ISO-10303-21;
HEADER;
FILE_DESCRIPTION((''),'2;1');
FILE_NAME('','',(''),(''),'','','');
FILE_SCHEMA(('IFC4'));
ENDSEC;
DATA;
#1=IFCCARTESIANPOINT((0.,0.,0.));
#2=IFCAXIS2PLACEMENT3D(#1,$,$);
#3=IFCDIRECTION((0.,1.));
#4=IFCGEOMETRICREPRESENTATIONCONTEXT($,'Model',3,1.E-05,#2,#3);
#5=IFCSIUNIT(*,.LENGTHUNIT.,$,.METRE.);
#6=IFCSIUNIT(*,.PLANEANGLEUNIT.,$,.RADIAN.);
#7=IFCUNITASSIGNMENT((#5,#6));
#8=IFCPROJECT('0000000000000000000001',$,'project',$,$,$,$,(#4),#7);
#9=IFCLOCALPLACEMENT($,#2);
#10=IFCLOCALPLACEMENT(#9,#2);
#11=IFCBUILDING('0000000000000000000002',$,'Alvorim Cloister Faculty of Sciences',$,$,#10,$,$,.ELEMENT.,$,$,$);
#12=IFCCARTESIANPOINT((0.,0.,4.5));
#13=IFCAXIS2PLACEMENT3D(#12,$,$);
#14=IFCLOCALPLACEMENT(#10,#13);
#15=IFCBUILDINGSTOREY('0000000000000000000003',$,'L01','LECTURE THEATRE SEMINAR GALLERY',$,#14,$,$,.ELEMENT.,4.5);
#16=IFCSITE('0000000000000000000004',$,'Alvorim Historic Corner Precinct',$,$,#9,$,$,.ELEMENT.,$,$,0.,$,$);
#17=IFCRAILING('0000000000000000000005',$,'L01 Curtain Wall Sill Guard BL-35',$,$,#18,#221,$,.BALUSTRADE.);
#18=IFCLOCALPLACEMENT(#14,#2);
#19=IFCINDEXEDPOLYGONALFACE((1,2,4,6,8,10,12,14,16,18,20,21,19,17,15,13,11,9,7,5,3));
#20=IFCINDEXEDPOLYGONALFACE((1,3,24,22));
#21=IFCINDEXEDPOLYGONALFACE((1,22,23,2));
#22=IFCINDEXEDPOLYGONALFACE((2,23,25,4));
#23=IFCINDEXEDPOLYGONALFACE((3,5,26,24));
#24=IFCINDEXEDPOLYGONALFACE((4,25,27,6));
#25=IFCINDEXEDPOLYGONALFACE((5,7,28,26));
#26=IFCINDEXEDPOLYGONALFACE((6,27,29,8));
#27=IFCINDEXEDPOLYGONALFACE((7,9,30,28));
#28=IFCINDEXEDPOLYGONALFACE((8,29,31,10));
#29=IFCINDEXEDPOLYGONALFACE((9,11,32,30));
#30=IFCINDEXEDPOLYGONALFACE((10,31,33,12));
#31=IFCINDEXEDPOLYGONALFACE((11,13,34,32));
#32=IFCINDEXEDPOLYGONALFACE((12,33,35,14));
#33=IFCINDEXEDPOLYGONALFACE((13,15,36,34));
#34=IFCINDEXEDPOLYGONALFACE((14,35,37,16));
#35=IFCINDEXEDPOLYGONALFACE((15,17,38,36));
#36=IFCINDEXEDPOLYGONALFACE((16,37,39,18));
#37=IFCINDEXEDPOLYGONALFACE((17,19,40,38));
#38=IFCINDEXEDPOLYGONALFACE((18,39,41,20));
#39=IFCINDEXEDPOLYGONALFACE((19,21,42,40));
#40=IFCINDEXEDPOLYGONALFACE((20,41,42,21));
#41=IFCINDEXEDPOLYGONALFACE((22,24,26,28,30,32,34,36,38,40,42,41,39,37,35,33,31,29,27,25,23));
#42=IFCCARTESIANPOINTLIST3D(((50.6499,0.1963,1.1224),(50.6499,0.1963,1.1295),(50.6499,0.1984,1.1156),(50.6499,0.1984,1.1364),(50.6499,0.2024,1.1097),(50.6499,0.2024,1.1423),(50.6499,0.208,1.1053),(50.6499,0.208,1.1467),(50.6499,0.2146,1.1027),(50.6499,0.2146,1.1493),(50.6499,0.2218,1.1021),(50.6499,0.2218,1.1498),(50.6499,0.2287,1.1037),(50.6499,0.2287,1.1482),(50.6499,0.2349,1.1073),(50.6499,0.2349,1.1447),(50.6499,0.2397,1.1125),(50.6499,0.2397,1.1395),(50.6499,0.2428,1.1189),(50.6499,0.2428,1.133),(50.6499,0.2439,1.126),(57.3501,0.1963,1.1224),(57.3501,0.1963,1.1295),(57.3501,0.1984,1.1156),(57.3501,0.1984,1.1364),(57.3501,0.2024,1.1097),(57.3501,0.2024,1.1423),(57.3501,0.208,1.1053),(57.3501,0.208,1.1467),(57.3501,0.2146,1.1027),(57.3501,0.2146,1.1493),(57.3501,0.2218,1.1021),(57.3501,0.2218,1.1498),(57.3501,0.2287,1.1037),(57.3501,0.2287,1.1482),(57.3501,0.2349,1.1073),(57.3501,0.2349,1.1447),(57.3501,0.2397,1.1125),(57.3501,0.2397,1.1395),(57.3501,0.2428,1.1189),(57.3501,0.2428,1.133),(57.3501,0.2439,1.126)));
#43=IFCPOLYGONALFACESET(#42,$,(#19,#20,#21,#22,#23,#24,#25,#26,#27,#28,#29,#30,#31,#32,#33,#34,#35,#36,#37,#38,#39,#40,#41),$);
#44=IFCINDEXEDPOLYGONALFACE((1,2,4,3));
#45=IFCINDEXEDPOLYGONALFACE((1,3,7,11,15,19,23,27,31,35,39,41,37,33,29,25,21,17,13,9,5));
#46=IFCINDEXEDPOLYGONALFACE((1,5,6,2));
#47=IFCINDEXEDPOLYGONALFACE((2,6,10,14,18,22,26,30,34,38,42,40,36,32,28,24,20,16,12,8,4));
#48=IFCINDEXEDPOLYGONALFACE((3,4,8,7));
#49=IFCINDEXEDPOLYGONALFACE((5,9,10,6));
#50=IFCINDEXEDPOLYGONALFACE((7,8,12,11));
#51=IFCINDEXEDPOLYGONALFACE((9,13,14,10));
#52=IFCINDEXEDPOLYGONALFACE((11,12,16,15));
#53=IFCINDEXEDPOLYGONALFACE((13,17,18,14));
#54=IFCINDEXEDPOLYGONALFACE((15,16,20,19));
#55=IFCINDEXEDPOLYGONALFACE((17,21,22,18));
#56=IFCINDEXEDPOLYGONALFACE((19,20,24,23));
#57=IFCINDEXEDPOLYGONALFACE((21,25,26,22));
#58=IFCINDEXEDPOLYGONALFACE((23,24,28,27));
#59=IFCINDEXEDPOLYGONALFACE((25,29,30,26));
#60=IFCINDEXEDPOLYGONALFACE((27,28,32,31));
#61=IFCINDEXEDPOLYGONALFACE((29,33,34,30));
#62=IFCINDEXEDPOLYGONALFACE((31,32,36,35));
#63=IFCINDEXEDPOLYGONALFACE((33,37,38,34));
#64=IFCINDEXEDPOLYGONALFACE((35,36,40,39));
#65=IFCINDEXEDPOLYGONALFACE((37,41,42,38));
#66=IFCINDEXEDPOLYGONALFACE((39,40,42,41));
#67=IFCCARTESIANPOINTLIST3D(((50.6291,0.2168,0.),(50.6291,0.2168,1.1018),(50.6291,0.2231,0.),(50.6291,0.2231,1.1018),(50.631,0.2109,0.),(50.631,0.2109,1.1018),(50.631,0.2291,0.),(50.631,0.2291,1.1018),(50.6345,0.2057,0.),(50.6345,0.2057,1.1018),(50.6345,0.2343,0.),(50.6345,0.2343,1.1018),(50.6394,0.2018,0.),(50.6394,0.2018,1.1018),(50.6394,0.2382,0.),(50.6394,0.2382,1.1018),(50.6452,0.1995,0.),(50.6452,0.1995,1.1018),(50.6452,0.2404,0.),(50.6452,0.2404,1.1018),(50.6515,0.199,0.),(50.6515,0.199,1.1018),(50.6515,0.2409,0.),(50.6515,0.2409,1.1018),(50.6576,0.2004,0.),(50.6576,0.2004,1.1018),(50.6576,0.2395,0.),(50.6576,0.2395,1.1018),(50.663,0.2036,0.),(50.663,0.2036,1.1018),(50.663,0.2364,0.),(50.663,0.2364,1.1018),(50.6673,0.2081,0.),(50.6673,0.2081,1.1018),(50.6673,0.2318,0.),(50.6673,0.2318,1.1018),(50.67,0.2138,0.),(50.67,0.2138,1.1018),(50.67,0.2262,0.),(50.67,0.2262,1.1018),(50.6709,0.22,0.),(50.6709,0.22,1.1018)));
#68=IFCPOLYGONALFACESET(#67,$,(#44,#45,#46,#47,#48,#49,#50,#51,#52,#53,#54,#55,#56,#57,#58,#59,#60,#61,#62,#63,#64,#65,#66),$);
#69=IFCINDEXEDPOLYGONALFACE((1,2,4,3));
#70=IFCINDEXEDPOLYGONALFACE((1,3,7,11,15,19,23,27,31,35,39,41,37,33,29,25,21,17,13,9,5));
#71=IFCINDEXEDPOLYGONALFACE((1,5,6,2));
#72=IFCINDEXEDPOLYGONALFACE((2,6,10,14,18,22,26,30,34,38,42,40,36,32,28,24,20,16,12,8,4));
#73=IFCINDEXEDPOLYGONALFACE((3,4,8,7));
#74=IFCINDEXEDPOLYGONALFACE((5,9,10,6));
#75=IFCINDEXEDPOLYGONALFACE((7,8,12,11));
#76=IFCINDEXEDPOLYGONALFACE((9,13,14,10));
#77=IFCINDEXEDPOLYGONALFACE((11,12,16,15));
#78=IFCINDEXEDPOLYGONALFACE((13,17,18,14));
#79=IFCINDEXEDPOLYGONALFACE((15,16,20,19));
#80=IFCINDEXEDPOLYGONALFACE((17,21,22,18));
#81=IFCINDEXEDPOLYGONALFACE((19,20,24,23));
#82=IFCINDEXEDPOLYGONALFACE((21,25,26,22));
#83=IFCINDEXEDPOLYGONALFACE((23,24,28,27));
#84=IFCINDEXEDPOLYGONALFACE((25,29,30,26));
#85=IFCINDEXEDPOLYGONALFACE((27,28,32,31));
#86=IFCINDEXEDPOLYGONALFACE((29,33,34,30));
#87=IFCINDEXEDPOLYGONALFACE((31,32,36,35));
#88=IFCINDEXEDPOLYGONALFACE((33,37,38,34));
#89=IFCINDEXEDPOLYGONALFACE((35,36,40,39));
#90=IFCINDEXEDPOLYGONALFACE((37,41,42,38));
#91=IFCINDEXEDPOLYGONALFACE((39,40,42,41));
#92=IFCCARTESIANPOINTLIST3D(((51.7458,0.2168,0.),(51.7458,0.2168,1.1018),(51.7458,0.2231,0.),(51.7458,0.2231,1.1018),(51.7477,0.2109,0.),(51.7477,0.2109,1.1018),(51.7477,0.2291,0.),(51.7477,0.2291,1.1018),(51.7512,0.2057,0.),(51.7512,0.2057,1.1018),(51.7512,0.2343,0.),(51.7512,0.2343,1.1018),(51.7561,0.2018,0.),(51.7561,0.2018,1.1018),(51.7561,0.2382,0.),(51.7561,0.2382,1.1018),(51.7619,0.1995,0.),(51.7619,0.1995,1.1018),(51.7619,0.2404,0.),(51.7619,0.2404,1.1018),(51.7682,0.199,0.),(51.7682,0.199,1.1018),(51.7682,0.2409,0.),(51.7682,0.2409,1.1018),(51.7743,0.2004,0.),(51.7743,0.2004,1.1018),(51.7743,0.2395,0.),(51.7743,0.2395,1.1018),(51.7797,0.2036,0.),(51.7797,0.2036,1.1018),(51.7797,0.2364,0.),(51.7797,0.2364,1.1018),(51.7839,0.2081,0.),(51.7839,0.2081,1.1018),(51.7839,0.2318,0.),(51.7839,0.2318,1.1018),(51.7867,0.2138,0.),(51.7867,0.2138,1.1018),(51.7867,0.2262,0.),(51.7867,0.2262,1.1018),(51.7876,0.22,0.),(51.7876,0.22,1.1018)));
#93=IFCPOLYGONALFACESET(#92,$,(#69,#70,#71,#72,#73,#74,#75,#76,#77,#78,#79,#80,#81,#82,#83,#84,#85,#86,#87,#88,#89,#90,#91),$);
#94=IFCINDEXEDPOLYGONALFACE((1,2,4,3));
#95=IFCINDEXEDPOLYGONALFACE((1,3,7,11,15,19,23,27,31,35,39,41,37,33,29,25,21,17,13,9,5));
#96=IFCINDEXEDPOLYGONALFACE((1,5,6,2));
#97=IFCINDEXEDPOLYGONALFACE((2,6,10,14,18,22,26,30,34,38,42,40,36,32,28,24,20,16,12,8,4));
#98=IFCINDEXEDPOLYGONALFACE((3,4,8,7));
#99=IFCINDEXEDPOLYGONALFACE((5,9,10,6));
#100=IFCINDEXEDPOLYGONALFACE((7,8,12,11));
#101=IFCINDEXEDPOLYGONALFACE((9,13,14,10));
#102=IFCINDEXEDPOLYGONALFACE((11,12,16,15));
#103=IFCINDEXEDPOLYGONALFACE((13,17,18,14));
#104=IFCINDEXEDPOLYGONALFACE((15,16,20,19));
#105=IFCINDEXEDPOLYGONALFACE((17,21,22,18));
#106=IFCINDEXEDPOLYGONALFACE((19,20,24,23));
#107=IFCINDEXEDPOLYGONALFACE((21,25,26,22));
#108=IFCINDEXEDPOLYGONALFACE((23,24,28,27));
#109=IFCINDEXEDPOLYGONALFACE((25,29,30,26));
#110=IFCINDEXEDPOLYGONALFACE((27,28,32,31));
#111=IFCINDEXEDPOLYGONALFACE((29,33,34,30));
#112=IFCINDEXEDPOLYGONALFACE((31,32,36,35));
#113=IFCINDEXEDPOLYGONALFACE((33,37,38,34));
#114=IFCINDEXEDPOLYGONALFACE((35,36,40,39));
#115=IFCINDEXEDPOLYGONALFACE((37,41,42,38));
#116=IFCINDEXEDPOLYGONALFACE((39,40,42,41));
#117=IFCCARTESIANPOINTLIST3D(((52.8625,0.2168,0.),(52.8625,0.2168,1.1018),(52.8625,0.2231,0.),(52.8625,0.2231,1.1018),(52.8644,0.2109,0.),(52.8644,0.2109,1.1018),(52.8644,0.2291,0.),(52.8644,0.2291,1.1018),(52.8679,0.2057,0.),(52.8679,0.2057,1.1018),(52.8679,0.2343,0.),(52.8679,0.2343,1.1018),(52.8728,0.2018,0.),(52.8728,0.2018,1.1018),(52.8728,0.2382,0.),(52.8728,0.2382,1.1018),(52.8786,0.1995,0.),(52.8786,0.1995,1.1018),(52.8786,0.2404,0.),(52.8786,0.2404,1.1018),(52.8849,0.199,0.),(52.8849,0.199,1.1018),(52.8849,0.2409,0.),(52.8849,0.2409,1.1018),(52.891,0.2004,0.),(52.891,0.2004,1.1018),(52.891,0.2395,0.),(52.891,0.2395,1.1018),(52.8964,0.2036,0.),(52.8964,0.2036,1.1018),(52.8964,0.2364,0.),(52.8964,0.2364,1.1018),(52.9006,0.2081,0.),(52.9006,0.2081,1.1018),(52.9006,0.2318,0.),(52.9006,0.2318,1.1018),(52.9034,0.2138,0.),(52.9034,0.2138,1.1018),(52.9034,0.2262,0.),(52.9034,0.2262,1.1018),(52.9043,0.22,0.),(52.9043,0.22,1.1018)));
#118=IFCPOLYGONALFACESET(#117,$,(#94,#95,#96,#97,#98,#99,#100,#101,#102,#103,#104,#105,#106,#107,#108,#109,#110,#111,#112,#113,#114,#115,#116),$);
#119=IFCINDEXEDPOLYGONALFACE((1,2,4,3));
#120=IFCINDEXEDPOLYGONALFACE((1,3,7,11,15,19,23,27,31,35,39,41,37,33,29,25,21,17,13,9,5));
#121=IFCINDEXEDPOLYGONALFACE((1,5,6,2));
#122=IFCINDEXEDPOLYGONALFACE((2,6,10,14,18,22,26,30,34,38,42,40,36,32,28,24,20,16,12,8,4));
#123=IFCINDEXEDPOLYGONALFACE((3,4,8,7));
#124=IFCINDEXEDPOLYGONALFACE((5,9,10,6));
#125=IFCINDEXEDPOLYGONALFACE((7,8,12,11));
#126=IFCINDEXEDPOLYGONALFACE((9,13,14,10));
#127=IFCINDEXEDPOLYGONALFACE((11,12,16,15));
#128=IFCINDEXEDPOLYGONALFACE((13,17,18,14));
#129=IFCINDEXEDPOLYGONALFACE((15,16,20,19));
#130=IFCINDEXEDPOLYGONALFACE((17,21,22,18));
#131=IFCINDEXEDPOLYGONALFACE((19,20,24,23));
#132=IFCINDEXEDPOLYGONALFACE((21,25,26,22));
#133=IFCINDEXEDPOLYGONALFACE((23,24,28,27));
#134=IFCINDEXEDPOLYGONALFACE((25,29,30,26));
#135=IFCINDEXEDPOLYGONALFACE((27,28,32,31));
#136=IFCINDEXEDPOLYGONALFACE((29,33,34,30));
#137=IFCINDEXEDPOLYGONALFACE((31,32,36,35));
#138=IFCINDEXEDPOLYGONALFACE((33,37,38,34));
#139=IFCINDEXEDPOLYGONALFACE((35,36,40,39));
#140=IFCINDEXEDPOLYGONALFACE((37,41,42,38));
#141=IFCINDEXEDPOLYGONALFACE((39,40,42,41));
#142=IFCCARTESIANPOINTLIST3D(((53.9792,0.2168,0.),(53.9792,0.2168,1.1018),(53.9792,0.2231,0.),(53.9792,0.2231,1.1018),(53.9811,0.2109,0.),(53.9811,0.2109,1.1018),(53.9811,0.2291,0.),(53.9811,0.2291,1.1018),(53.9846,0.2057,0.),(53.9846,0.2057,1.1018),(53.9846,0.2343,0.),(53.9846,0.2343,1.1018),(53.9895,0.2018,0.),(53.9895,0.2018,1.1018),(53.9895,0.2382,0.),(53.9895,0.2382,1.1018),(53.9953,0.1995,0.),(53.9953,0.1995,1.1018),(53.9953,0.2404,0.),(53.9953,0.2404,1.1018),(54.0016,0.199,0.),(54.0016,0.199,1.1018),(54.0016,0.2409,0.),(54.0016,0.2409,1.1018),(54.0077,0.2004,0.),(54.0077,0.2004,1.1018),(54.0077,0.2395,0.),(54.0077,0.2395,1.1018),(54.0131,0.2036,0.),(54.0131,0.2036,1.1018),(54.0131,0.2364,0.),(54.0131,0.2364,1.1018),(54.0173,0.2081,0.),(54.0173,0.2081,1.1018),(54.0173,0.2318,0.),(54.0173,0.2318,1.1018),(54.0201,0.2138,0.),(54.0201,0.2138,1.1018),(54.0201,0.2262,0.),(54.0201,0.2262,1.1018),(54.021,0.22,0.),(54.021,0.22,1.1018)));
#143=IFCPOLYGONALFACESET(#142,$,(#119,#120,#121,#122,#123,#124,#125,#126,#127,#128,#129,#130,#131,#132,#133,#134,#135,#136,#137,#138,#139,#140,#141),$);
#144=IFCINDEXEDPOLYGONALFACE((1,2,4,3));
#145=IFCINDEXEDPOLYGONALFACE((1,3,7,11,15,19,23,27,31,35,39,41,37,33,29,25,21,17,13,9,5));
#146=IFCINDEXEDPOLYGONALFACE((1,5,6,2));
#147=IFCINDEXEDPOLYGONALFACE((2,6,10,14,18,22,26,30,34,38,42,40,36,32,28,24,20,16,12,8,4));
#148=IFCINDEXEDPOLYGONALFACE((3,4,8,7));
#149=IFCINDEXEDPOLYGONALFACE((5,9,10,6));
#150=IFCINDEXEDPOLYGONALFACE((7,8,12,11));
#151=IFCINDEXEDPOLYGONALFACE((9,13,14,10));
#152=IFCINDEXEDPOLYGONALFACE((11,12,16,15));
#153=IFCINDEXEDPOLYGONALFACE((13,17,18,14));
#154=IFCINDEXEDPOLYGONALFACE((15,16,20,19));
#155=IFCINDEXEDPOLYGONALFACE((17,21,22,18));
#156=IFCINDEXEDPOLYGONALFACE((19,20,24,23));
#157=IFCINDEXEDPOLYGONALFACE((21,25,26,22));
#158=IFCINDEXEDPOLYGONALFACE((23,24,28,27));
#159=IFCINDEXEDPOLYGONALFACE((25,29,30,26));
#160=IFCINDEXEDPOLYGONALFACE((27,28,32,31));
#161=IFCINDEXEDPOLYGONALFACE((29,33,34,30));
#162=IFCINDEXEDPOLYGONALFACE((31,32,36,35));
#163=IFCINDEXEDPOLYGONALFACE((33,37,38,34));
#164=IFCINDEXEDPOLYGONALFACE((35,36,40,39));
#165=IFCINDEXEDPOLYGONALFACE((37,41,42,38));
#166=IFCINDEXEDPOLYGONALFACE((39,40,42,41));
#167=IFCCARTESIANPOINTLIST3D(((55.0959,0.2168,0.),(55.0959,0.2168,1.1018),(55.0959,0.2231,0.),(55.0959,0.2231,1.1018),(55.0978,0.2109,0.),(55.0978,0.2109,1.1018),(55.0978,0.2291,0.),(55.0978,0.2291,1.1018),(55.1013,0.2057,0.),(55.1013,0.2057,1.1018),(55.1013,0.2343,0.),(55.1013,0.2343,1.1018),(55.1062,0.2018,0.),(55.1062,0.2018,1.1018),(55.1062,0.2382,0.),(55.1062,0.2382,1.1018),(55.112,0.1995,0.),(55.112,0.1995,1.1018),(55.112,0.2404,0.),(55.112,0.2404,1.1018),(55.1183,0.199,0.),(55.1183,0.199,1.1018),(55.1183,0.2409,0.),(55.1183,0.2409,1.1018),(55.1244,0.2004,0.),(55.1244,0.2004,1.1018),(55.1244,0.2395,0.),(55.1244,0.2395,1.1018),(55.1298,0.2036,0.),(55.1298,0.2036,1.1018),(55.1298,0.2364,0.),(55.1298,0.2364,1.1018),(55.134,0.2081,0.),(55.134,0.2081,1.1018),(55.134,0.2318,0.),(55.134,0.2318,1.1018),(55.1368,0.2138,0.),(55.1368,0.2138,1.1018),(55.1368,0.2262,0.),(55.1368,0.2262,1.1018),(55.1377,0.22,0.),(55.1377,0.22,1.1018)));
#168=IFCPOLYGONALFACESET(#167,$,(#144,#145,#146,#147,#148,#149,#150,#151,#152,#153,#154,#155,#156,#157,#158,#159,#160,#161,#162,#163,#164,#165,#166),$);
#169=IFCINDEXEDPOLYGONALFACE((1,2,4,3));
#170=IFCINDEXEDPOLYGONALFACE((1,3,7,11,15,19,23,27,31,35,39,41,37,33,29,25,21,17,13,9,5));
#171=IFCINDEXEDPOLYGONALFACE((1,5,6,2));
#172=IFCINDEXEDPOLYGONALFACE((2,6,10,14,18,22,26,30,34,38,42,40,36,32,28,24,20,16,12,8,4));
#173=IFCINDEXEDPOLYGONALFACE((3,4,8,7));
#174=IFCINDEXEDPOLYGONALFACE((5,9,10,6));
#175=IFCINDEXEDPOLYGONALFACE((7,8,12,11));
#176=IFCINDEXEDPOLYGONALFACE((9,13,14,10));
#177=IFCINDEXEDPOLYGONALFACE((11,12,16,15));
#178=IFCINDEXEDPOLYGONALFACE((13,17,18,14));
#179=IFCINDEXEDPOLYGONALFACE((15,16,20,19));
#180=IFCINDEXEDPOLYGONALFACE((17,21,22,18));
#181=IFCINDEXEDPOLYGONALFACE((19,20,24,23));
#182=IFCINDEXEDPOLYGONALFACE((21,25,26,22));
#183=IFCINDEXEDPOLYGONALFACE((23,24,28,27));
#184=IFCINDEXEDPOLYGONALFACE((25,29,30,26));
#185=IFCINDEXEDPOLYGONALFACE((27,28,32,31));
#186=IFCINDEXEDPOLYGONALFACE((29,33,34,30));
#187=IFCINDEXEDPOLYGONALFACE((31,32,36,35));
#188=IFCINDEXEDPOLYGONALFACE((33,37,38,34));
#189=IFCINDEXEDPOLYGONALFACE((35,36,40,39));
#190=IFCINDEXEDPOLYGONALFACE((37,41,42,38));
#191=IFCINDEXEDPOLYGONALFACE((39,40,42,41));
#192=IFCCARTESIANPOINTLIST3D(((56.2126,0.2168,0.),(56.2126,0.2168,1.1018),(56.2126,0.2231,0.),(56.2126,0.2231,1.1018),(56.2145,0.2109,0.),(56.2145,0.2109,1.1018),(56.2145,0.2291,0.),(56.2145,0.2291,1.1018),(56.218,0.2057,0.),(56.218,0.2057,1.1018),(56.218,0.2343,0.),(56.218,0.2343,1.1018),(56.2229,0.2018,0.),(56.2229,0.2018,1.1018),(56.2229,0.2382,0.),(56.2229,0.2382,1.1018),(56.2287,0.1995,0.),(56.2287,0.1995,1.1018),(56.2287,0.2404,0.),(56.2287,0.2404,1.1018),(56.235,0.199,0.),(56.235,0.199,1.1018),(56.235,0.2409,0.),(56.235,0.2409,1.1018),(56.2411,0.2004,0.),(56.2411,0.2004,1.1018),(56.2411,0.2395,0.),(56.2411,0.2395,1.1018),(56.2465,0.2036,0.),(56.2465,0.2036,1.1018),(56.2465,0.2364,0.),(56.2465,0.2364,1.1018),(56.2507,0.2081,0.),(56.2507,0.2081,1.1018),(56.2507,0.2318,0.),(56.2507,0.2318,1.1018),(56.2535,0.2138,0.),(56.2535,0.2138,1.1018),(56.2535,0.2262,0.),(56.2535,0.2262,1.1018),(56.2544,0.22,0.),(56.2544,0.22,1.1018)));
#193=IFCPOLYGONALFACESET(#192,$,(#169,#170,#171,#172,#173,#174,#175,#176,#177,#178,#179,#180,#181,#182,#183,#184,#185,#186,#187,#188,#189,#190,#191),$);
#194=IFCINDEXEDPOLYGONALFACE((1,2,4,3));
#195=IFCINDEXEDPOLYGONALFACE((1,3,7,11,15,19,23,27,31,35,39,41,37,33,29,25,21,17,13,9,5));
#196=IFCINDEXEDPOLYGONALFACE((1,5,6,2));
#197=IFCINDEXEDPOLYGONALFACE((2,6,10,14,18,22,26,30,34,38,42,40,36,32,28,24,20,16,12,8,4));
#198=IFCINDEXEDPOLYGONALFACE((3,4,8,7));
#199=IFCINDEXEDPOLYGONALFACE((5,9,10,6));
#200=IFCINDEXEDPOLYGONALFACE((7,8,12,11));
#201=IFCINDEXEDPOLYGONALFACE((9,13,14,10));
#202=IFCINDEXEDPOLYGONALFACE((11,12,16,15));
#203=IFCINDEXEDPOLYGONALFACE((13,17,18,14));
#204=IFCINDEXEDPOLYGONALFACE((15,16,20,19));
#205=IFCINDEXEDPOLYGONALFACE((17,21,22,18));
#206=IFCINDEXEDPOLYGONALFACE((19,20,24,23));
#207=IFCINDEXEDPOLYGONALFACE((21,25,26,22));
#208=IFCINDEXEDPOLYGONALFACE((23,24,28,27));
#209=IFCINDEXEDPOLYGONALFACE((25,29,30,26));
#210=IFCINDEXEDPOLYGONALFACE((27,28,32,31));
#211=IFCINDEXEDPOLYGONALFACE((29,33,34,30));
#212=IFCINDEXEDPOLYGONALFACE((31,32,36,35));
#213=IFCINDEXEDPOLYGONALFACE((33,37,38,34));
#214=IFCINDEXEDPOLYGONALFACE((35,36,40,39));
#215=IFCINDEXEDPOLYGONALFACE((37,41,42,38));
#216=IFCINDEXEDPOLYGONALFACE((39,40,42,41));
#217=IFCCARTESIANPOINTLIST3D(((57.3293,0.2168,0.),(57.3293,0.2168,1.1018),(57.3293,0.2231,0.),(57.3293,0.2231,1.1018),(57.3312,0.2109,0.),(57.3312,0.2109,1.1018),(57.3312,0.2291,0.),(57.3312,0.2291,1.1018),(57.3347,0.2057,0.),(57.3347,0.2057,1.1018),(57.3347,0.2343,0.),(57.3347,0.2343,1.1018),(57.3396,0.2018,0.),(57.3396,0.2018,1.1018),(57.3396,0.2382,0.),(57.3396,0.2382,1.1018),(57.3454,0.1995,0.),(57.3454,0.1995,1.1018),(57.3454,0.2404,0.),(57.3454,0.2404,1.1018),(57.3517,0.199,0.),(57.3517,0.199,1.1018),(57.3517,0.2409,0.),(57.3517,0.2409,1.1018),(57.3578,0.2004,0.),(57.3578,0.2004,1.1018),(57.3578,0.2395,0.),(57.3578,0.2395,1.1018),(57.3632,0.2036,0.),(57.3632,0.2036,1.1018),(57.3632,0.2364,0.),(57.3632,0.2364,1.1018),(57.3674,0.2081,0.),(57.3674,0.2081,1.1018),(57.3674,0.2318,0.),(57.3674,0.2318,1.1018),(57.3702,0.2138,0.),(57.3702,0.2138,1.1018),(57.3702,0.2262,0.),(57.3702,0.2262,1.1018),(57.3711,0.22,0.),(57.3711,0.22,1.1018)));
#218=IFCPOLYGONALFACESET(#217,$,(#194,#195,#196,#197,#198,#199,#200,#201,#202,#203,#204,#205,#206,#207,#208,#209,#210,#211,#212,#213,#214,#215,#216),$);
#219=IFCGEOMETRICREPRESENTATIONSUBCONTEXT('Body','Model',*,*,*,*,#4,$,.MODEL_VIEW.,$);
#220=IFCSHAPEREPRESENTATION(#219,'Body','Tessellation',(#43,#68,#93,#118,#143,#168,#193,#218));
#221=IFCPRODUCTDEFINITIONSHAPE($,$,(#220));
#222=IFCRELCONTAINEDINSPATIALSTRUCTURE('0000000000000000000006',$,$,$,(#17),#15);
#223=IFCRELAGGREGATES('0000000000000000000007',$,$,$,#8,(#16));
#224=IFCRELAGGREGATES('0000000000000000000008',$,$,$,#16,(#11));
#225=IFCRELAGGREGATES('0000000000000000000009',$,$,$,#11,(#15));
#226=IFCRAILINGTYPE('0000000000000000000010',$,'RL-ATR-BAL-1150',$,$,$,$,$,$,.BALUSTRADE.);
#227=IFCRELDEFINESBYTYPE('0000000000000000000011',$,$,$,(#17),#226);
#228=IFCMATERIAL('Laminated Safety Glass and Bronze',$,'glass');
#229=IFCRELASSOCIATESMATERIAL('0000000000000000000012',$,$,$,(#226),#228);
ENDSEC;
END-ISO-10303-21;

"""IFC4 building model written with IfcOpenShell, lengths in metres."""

from ifc_helpers import new_model, si_unit, direction, frame, origin, origin_2d, place, context, subcontext, project, spatial, circle, extrude, material, type_object, element, save


model = new_model("IFC4")

# Units and contexts
model_context = context("Model", 3, precision=1e-05, world=origin(), true_north=direction((0.0, 1.0)))
body_context = subcontext(model_context, "Body", "Model", "MODEL_VIEW")
ifc_project = project(units=[si_unit("LENGTHUNIT", "METRE"), si_unit("PLANEANGLEUNIT", "RADIAN")], contexts=[model_context])

# Site, building, storey
site_placement = place(None, origin())
site = spatial("IfcSite", under=ifc_project, at=site_placement, Name="Alvorim Historic Corner Precinct", CompositionType="ELEMENT", RefElevation=0.0)
building_placement = place(site_placement, origin())
building = spatial("IfcBuilding", under=site, at=building_placement, Name="Alvorim Cloister Faculty of Sciences", CompositionType="ELEMENT")
storey_placement = place(building_placement, frame((0.0, 0.0, 4.5)))
storey = spatial("IfcBuildingStorey", under=building, at=storey_placement, Name="L01", Description="LECTURE THEATRE SEMINAR GALLERY", CompositionType="ELEMENT", Elevation=4.5)

# Railing
ifc_material_1 = material(Name="Laminated Safety Glass and Bronze", Category="glass")
railing_type = type_object("IfcRailingType", Name="RL-ATR-BAL-1150", PredefinedType="BALUSTRADE", material=ifc_material_1)
railing_placement = place(storey_placement, frame((50.6499, 0.22, 0.0)))
element("IfcRailing", 1, at=railing_placement, inside=storey, type_object=railing_type, Name="L01 Curtain Wall Sill Guard BL-35", PredefinedType="BALUSTRADE", context=body_context, shape_type="SweptSolid", body=[
    extrude(circle(Radius=0.0239, at=origin_2d()), frame((0.0, 0.0, 1.126), z_axis=(1.0, 0.0, 0.0), x_axis=(0.0, 1.0, 0.0)), (0.0, 0.0, 1.0), 6.7002),
    extrude(circle(Radius=0.021, at=origin_2d()), origin(), (0.0, 0.0, 1.0), 1.1018),
    extrude(circle(Radius=0.021, at=origin_2d()), frame((1.1167, 0.0, 0.0)), (0.0, 0.0, 1.0), 1.1018),
    extrude(circle(Radius=0.021, at=origin_2d()), frame((2.2334, 0.0, 0.0)), (0.0, 0.0, 1.0), 1.1018),
    extrude(circle(Radius=0.021, at=origin_2d()), frame((3.3501, 0.0, 0.0)), (0.0, 0.0, 1.0), 1.1018),
    extrude(circle(Radius=0.021, at=origin_2d()), frame((4.4668, 0.0, 0.0)), (0.0, 0.0, 1.0), 1.1018),
    extrude(circle(Radius=0.021, at=origin_2d()), frame((5.5835, 0.0, 0.0)), (0.0, 0.0, 1.0), 1.1018),
    extrude(circle(Radius=0.021, at=origin_2d()), frame((6.7002, 0.0, 0.0)), (0.0, 0.0, 1.0), 1.1018),
])

save(model, "model.ifc")
